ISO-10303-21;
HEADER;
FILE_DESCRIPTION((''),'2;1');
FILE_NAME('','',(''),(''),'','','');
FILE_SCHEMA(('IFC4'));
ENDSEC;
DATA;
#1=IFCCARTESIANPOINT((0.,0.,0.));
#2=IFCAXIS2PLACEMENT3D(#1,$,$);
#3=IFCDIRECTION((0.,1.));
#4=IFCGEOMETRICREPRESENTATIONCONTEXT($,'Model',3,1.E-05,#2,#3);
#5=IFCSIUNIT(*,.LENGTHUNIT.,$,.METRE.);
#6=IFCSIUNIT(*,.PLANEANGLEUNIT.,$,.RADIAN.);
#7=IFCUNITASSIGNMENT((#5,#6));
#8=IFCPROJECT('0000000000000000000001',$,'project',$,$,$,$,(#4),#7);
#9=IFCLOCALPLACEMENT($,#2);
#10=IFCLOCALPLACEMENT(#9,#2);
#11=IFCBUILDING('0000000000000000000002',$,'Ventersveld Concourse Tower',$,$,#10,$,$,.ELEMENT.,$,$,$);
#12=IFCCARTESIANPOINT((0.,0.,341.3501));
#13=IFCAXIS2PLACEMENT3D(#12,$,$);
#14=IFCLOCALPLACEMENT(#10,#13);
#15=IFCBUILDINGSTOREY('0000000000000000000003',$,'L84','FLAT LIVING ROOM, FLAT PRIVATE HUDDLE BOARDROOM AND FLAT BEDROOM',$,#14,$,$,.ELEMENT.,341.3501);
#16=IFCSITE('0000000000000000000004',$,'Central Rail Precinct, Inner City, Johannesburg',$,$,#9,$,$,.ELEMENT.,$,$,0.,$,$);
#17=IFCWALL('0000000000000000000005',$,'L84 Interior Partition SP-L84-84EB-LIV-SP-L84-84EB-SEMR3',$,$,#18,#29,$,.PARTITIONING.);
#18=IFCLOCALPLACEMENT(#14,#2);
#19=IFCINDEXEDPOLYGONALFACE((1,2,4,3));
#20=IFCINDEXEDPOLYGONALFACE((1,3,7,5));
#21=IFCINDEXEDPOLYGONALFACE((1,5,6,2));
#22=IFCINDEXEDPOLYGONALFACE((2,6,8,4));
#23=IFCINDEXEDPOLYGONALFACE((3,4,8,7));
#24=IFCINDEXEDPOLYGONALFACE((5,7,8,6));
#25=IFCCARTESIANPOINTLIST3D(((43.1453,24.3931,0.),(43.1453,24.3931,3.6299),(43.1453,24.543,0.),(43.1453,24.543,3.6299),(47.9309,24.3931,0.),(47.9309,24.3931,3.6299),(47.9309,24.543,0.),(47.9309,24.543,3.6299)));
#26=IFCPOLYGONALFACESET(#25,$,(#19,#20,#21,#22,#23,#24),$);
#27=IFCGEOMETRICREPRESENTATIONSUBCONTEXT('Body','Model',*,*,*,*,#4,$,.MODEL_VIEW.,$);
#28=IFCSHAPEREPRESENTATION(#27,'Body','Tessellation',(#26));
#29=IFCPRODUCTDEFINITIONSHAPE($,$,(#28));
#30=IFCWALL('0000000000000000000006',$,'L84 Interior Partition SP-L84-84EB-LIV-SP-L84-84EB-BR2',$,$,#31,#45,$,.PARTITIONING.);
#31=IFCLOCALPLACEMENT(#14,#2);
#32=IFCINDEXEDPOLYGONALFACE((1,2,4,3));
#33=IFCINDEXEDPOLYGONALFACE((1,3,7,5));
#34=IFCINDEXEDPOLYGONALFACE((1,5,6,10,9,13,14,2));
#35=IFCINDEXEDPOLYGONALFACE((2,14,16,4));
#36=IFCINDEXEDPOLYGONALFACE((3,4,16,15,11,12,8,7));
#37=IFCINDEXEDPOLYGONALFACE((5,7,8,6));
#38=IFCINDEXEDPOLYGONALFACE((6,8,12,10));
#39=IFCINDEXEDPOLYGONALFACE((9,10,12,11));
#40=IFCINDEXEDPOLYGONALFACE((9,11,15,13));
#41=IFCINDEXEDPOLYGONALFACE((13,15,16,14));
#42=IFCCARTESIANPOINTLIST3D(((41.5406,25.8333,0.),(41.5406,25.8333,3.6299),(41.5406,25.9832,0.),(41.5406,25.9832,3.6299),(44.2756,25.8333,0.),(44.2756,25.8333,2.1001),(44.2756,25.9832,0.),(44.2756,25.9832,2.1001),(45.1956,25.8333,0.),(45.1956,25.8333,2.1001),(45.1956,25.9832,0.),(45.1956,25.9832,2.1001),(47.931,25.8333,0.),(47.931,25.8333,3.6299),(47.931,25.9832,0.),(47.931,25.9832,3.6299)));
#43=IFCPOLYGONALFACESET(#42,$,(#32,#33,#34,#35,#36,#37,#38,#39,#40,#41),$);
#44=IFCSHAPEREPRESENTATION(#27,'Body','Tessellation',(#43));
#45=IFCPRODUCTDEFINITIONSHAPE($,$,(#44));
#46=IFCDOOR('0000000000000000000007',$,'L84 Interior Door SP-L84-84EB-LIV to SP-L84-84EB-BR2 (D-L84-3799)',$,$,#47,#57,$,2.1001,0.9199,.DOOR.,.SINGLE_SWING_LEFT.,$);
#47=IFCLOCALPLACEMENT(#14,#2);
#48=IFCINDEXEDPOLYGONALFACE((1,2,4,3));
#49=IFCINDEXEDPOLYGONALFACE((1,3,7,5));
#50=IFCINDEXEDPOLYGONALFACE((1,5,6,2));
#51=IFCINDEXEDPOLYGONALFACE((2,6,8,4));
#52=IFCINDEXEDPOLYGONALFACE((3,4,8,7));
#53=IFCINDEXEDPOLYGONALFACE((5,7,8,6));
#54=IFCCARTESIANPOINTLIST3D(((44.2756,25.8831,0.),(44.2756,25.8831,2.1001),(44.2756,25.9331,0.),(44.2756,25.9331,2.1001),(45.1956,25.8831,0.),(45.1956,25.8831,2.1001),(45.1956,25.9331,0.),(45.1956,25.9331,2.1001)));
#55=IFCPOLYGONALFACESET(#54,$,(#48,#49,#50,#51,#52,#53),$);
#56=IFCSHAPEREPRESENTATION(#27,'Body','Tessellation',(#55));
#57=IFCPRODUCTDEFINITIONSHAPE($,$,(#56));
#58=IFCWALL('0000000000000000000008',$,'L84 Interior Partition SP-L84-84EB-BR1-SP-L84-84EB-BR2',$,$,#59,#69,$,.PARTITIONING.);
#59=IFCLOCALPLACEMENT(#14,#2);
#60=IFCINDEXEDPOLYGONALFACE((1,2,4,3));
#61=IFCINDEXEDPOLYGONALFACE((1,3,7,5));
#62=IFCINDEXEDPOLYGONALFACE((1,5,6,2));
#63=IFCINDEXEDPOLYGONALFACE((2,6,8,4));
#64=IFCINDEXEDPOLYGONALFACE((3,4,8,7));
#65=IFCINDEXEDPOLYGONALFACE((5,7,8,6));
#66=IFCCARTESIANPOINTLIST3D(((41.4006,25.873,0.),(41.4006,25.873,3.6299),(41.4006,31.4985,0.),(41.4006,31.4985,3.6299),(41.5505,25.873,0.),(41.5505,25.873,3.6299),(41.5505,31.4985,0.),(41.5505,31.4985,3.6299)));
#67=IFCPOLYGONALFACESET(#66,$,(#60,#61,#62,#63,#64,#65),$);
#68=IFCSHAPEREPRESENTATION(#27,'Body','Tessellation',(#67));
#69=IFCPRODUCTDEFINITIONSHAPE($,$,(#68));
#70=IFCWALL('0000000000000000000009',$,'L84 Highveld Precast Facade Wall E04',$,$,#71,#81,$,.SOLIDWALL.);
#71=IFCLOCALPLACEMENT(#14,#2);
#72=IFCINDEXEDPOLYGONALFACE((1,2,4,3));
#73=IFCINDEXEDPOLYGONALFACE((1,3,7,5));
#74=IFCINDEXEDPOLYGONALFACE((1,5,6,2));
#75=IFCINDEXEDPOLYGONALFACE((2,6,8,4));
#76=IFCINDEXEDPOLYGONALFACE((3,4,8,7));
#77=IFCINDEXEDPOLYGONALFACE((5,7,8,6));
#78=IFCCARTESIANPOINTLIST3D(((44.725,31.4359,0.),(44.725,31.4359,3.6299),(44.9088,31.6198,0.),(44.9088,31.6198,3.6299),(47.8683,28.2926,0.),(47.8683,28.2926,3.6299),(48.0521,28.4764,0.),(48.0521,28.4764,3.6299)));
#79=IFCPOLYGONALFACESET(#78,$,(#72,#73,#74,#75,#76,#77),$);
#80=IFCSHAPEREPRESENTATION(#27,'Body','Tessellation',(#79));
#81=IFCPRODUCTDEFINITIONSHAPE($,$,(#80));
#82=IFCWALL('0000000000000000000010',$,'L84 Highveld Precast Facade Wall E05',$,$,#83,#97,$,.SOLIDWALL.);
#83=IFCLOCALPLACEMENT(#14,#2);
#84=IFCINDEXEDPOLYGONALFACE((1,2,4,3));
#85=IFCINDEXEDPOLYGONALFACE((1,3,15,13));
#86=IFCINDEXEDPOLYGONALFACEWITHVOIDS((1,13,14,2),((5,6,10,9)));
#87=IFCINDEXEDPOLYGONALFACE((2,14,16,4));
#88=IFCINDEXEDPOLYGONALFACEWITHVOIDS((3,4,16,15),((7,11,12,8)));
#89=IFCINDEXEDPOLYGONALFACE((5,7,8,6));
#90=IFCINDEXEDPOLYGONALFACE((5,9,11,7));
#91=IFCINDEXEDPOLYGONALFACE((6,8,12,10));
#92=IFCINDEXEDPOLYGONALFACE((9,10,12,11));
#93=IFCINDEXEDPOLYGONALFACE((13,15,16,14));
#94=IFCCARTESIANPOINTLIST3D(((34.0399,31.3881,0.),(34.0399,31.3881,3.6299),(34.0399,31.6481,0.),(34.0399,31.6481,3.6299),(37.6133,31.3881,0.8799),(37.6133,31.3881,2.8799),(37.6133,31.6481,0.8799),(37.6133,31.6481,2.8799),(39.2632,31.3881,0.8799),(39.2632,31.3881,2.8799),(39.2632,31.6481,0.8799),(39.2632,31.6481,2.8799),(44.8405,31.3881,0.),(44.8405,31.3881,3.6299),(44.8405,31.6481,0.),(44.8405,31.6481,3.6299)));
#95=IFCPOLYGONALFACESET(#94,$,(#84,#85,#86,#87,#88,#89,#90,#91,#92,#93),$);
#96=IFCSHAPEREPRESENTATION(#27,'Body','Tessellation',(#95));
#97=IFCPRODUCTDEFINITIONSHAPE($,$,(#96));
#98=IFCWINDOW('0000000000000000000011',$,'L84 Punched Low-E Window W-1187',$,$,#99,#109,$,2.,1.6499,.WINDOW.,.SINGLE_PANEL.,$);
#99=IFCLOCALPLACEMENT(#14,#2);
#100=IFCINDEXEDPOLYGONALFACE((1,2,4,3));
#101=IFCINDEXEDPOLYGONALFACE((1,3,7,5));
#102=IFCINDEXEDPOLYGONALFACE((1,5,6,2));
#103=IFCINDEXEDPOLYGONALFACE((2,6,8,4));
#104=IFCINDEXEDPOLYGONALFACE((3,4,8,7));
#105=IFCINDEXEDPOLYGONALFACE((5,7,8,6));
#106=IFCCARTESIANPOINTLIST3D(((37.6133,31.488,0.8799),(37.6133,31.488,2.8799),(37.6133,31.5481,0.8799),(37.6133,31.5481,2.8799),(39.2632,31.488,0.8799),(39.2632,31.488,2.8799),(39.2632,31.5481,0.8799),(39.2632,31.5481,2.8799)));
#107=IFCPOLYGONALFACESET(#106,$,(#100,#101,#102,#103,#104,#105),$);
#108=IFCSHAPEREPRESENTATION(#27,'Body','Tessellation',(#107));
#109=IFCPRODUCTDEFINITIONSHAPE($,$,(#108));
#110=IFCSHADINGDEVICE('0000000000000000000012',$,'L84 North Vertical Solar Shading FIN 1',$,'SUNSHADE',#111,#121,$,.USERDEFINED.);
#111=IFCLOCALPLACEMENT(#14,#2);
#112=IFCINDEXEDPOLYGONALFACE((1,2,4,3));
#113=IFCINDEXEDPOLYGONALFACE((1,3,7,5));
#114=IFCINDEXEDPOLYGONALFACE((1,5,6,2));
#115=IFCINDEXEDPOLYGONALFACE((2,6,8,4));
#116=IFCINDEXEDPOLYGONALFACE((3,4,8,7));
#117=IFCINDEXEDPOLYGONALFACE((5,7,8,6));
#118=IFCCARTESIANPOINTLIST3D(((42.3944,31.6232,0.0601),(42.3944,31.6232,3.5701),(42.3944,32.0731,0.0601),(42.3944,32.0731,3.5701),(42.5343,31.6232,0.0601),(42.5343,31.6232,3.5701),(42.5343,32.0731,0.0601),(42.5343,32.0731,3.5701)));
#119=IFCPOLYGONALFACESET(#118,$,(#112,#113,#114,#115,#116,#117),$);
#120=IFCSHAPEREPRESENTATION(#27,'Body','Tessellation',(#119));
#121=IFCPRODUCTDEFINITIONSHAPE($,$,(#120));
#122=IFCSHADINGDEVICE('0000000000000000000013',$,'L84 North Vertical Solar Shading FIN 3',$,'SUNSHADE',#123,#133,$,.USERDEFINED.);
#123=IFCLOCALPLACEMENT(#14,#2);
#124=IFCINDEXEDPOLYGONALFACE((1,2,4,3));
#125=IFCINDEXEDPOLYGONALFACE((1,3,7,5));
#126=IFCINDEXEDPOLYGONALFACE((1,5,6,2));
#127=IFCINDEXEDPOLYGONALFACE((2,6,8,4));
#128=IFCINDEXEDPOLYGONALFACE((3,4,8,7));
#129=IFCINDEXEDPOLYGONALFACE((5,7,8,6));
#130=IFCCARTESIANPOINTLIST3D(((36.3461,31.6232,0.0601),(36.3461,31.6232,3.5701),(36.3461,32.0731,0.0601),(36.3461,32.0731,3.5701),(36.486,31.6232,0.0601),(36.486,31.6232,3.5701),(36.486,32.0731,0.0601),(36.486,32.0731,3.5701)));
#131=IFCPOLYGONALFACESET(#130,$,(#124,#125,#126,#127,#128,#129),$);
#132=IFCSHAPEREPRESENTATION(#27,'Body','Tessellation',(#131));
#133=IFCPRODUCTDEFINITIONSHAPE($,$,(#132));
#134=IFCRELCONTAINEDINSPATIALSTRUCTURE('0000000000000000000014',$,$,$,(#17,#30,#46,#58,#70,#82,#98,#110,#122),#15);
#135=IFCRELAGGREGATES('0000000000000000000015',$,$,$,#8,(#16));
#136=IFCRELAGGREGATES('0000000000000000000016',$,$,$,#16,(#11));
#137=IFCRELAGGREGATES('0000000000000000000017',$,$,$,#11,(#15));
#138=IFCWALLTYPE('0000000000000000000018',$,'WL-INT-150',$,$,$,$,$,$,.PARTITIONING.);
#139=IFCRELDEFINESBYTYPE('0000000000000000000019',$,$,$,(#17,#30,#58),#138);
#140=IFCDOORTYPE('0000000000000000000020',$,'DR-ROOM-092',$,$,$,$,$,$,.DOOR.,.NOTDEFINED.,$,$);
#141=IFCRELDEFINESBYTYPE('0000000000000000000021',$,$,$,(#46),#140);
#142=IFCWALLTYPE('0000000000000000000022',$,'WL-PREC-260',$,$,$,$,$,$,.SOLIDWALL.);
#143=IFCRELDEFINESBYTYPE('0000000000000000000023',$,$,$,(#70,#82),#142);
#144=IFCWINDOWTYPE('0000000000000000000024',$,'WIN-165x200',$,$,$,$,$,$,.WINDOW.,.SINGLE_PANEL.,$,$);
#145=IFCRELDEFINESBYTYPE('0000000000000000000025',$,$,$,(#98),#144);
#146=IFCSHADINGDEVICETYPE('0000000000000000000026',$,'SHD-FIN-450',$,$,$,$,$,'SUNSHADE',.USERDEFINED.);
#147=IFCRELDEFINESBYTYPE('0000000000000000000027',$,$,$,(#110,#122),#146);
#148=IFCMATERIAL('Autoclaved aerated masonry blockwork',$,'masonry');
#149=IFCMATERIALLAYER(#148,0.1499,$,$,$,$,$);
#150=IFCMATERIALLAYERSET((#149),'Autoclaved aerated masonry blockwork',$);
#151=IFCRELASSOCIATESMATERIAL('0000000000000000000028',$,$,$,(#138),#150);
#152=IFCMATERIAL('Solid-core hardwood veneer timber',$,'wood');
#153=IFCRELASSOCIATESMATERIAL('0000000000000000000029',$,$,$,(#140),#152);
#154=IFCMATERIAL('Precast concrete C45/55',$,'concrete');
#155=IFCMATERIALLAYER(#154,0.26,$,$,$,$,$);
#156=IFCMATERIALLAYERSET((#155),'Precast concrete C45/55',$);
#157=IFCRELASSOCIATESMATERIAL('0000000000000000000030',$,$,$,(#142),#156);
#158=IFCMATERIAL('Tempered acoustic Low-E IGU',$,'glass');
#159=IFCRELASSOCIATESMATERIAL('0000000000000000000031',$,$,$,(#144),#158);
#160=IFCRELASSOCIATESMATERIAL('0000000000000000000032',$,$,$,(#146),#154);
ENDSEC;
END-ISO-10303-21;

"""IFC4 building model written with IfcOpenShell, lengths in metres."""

from ifc_helpers import new_model, si_unit, direction, frame, frame_2d, origin, origin_2d, place, context, subcontext, project, spatial, rectangle, extrude, material, layer, layer_set, type_object, element, fill, save


model = new_model("IFC4")

# Units and contexts
model_context = context("Model", 3, precision=1e-05, world=origin(), true_north=direction((0.0, 1.0)))
body_context = subcontext(model_context, "Body", "Model", "MODEL_VIEW")
ifc_project = project(units=[si_unit("LENGTHUNIT", "METRE"), si_unit("PLANEANGLEUNIT", "RADIAN")], contexts=[model_context])

# Site, building, storey
site_placement = place(None, origin())
site = spatial("IfcSite", under=ifc_project, at=site_placement, Name="Central Rail Precinct, Inner City, Johannesburg", CompositionType="ELEMENT", RefElevation=0.0)
building_placement = place(site_placement, origin())
building = spatial("IfcBuilding", under=site, at=building_placement, Name="Ventersveld Concourse Tower", CompositionType="ELEMENT")
storey_placement = place(building_placement, frame((0.0, 0.0, 341.3501)))
storey = spatial("IfcBuildingStorey", under=building, at=storey_placement, Name="L84", Description="FLAT LIVING ROOM, FLAT PRIVATE HUDDLE BOARDROOM AND FLAT BEDROOM", CompositionType="ELEMENT", Elevation=341.3501)

# Wall
ifc_material_1 = material(Name="Autoclaved aerated masonry blockwork", Category="masonry")
ifc_layer_1 = layer(ifc_material_1, 0.1499)
ifc_layer_set_1 = layer_set([ifc_layer_1], Name="Autoclaved aerated masonry blockwork")
wall_type_1 = type_object("IfcWallType", Name="WL-INT-150", PredefinedType="PARTITIONING", material=ifc_layer_set_1)
wall_1_placement = place(storey_placement, frame((43.1453, 24.468, 0.0), z_axis=(0.0, 0.0, 1.0), x_axis=(1.0, 0.0, 0.0)))
element("IfcWall", 1, at=wall_1_placement, inside=storey, type_object=wall_type_1, Name="L84 Interior Partition SP-L84-84EB-LIV-SP-L84-84EB-SEMR3", PredefinedType="PARTITIONING", context=body_context, shape_type="SweptSolid", body=[
    extrude(rectangle(XDim=4.7856, YDim=0.1499, at=frame_2d((2.3928, 0.0))), origin(), (0.0, 0.0, 1.0), 3.6299),
])

# Wall, opening, door
wall_2_placement = place(storey_placement, frame((41.5405, 25.9082, 0.0), z_axis=(0.0, 0.0, 1.0), x_axis=(1.0, 0.0, 0.0)))
wall_2 = element("IfcWall", 2, at=wall_2_placement, inside=storey, type_object=wall_type_1, Name="L84 Interior Partition SP-L84-84EB-LIV-SP-L84-84EB-BR2", PredefinedType="PARTITIONING", context=body_context, shape_type="SweptSolid", body=[
    extrude(rectangle(XDim=6.3904, YDim=0.1499, at=frame_2d((3.1953, 0.0))), origin(), (0.0, 0.0, 1.0), 3.6299),
])
opening_1_placement = place(wall_2_placement, frame((2.7351, 0.0, 0.0)))
opening_1 = element("IfcOpeningElement", 3, at=opening_1_placement, cuts=wall_2, PredefinedType="OPENING", context=body_context, shape_type="SweptSolid", body=[
    extrude(rectangle(XDim=0.9199, YDim=2.1001, at=frame_2d((0.46, 1.05))), frame((0.0, 0.085, 0.0), z_axis=(0.0, -1.0, 0.0), x_axis=(1.0, 0.0, 0.0)), (0.0, 0.0, 1.0), 0.1699),
])
ifc_material_2 = material(Name="Solid-core hardwood veneer timber", Category="wood")
door_type = type_object("IfcDoorType", Name="DR-ROOM-092", OperationType="NOTDEFINED", PredefinedType="DOOR", material=ifc_material_2)
door_placement = place(opening_1_placement, origin())
door = element("IfcDoor", 4, at=door_placement, inside=storey, type_object=door_type, Name="L84 Interior Door SP-L84-84EB-LIV to SP-L84-84EB-BR2 (D-L84-3799)", OperationType="SINGLE_SWING_LEFT", OverallHeight=2.1001, OverallWidth=0.9199, PredefinedType="DOOR", context=body_context, shape_type="SweptSolid", body=[
    extrude(rectangle(XDim=0.9199, YDim=2.1001, at=frame_2d((0.46, 1.05))), frame((0.0, 0.0249, 0.0), z_axis=(0.0, -1.0, 0.0), x_axis=(1.0, 0.0, 0.0)), (0.0, 0.0, 1.0), 0.05),
])
fill(opening_1, door)

# Walls
wall_3_placement = place(storey_placement, frame((41.4756, 25.873, 0.0), z_axis=(0.0, 0.0, 1.0), x_axis=(0.0, 1.0, 0.0)))
element("IfcWall", 5, at=wall_3_placement, inside=storey, type_object=wall_type_1, Name="L84 Interior Partition SP-L84-84EB-BR1-SP-L84-84EB-BR2", PredefinedType="PARTITIONING", context=body_context, shape_type="SweptSolid", body=[
    extrude(rectangle(XDim=5.6255, YDim=0.1499, at=frame_2d((2.8127, 0.0))), origin(), (0.0, 0.0, 1.0), 3.6299),
])
ifc_material_3 = material(Name="Precast concrete C45/55", Category="concrete")
ifc_layer_2 = layer(ifc_material_3, 0.26)
ifc_layer_set_2 = layer_set([ifc_layer_2], Name="Precast concrete C45/55")
wall_type_2 = type_object("IfcWallType", Name="WL-PREC-260", PredefinedType="SOLIDWALL", material=ifc_layer_set_2)
wall_4_placement = place(storey_placement, frame((47.9602, 28.3845, 0.0), z_axis=(0.0, 0.0, 1.0), x_axis=(-0.707107, 0.707107, 0.0)))
element("IfcWall", 6, at=wall_4_placement, inside=storey, type_object=wall_type_2, Name="L84 Highveld Precast Facade Wall E04", PredefinedType="SOLIDWALL", context=body_context, shape_type="SweptSolid", body=[
    extrude(rectangle(XDim=4.4453, YDim=0.26, at=frame_2d((2.2227, 0.0))), origin(), (0.0, 0.0, 1.0), 3.6299),
])

# Wall, opening, window
wall_5_placement = place(storey_placement, frame((44.8406, 31.5181, 0.0), z_axis=(0.0, 0.0, 1.0), x_axis=(-1.0, 0.0, 0.0)))
wall_5 = element("IfcWall", 7, at=wall_5_placement, inside=storey, type_object=wall_type_2, Name="L84 Highveld Precast Facade Wall E05", PredefinedType="SOLIDWALL", context=body_context, shape_type="SweptSolid", body=[
    extrude(rectangle(XDim=10.8005, YDim=0.26, at=frame_2d((5.4004, 0.0))), origin(), (0.0, 0.0, 1.0), 3.6299),
])
opening_2_placement = place(wall_5_placement, frame((5.5774, 0.0, 0.8799)))
opening_2 = element("IfcOpeningElement", 8, at=opening_2_placement, cuts=wall_5, PredefinedType="OPENING", context=body_context, shape_type="SweptSolid", body=[
    extrude(rectangle(XDim=1.6499, YDim=2.0, at=frame_2d((0.825, 1.0))), frame((0.0, 0.1401, 0.0), z_axis=(0.0, -1.0, 0.0), x_axis=(1.0, 0.0, 0.0)), (0.0, 0.0, 1.0), 0.28),
])
ifc_material_4 = material(Name="Tempered acoustic Low-E IGU", Category="glass")
window_type = type_object("IfcWindowType", Name="WIN-165x200", PartitioningType="SINGLE_PANEL", PredefinedType="WINDOW", material=ifc_material_4)
window_placement = place(opening_2_placement, origin())
window = element("IfcWindow", 9, at=window_placement, inside=storey, type_object=window_type, Name="L84 Punched Low-E Window W-1187", OverallHeight=2.0, OverallWidth=1.6499, PartitioningType="SINGLE_PANEL", PredefinedType="WINDOW", context=body_context, shape_type="SweptSolid", body=[
    extrude(rectangle(XDim=1.6499, YDim=2.0, at=frame_2d((0.825, 1.0))), frame((0.0, 0.03, 0.0), z_axis=(0.0, -1.0, 0.0), x_axis=(1.0, 0.0, 0.0)), (0.0, 0.0, 1.0), 0.0601),
])
fill(opening_2, window)

# Shading devices
shading_device_type = type_object("IfcShadingDeviceType", Name="SHD-FIN-450", ElementType="SUNSHADE", PredefinedType="USERDEFINED", material=ifc_material_3)
for number, where, z_axis, x_axis, name in (
    (10, (42.4644, 31.8481, 0.0601), (0.0, 0.0, 1.0), (1.0, 0.0, 0.0), "L84 North Vertical Solar Shading FIN 1"),
    (11, (36.416, 31.8481, 0.0601), (0.0, 0.0, 1.0), (1.0, 0.0, 0.0), "L84 North Vertical Solar Shading FIN 3"),
):
    element("IfcShadingDevice", number, at=place(storey_placement, frame(where, z_axis=z_axis, x_axis=x_axis)), inside=storey, type_object=shading_device_type, Name=name, ObjectType="SUNSHADE", PredefinedType="USERDEFINED", context=body_context, shape_type="SweptSolid", body=[
        extrude(rectangle(XDim=0.1399, YDim=0.45, at=origin_2d()), origin(), (0.0, 0.0, 1.0), 3.51),
    ])

save(model, "model.ifc")
